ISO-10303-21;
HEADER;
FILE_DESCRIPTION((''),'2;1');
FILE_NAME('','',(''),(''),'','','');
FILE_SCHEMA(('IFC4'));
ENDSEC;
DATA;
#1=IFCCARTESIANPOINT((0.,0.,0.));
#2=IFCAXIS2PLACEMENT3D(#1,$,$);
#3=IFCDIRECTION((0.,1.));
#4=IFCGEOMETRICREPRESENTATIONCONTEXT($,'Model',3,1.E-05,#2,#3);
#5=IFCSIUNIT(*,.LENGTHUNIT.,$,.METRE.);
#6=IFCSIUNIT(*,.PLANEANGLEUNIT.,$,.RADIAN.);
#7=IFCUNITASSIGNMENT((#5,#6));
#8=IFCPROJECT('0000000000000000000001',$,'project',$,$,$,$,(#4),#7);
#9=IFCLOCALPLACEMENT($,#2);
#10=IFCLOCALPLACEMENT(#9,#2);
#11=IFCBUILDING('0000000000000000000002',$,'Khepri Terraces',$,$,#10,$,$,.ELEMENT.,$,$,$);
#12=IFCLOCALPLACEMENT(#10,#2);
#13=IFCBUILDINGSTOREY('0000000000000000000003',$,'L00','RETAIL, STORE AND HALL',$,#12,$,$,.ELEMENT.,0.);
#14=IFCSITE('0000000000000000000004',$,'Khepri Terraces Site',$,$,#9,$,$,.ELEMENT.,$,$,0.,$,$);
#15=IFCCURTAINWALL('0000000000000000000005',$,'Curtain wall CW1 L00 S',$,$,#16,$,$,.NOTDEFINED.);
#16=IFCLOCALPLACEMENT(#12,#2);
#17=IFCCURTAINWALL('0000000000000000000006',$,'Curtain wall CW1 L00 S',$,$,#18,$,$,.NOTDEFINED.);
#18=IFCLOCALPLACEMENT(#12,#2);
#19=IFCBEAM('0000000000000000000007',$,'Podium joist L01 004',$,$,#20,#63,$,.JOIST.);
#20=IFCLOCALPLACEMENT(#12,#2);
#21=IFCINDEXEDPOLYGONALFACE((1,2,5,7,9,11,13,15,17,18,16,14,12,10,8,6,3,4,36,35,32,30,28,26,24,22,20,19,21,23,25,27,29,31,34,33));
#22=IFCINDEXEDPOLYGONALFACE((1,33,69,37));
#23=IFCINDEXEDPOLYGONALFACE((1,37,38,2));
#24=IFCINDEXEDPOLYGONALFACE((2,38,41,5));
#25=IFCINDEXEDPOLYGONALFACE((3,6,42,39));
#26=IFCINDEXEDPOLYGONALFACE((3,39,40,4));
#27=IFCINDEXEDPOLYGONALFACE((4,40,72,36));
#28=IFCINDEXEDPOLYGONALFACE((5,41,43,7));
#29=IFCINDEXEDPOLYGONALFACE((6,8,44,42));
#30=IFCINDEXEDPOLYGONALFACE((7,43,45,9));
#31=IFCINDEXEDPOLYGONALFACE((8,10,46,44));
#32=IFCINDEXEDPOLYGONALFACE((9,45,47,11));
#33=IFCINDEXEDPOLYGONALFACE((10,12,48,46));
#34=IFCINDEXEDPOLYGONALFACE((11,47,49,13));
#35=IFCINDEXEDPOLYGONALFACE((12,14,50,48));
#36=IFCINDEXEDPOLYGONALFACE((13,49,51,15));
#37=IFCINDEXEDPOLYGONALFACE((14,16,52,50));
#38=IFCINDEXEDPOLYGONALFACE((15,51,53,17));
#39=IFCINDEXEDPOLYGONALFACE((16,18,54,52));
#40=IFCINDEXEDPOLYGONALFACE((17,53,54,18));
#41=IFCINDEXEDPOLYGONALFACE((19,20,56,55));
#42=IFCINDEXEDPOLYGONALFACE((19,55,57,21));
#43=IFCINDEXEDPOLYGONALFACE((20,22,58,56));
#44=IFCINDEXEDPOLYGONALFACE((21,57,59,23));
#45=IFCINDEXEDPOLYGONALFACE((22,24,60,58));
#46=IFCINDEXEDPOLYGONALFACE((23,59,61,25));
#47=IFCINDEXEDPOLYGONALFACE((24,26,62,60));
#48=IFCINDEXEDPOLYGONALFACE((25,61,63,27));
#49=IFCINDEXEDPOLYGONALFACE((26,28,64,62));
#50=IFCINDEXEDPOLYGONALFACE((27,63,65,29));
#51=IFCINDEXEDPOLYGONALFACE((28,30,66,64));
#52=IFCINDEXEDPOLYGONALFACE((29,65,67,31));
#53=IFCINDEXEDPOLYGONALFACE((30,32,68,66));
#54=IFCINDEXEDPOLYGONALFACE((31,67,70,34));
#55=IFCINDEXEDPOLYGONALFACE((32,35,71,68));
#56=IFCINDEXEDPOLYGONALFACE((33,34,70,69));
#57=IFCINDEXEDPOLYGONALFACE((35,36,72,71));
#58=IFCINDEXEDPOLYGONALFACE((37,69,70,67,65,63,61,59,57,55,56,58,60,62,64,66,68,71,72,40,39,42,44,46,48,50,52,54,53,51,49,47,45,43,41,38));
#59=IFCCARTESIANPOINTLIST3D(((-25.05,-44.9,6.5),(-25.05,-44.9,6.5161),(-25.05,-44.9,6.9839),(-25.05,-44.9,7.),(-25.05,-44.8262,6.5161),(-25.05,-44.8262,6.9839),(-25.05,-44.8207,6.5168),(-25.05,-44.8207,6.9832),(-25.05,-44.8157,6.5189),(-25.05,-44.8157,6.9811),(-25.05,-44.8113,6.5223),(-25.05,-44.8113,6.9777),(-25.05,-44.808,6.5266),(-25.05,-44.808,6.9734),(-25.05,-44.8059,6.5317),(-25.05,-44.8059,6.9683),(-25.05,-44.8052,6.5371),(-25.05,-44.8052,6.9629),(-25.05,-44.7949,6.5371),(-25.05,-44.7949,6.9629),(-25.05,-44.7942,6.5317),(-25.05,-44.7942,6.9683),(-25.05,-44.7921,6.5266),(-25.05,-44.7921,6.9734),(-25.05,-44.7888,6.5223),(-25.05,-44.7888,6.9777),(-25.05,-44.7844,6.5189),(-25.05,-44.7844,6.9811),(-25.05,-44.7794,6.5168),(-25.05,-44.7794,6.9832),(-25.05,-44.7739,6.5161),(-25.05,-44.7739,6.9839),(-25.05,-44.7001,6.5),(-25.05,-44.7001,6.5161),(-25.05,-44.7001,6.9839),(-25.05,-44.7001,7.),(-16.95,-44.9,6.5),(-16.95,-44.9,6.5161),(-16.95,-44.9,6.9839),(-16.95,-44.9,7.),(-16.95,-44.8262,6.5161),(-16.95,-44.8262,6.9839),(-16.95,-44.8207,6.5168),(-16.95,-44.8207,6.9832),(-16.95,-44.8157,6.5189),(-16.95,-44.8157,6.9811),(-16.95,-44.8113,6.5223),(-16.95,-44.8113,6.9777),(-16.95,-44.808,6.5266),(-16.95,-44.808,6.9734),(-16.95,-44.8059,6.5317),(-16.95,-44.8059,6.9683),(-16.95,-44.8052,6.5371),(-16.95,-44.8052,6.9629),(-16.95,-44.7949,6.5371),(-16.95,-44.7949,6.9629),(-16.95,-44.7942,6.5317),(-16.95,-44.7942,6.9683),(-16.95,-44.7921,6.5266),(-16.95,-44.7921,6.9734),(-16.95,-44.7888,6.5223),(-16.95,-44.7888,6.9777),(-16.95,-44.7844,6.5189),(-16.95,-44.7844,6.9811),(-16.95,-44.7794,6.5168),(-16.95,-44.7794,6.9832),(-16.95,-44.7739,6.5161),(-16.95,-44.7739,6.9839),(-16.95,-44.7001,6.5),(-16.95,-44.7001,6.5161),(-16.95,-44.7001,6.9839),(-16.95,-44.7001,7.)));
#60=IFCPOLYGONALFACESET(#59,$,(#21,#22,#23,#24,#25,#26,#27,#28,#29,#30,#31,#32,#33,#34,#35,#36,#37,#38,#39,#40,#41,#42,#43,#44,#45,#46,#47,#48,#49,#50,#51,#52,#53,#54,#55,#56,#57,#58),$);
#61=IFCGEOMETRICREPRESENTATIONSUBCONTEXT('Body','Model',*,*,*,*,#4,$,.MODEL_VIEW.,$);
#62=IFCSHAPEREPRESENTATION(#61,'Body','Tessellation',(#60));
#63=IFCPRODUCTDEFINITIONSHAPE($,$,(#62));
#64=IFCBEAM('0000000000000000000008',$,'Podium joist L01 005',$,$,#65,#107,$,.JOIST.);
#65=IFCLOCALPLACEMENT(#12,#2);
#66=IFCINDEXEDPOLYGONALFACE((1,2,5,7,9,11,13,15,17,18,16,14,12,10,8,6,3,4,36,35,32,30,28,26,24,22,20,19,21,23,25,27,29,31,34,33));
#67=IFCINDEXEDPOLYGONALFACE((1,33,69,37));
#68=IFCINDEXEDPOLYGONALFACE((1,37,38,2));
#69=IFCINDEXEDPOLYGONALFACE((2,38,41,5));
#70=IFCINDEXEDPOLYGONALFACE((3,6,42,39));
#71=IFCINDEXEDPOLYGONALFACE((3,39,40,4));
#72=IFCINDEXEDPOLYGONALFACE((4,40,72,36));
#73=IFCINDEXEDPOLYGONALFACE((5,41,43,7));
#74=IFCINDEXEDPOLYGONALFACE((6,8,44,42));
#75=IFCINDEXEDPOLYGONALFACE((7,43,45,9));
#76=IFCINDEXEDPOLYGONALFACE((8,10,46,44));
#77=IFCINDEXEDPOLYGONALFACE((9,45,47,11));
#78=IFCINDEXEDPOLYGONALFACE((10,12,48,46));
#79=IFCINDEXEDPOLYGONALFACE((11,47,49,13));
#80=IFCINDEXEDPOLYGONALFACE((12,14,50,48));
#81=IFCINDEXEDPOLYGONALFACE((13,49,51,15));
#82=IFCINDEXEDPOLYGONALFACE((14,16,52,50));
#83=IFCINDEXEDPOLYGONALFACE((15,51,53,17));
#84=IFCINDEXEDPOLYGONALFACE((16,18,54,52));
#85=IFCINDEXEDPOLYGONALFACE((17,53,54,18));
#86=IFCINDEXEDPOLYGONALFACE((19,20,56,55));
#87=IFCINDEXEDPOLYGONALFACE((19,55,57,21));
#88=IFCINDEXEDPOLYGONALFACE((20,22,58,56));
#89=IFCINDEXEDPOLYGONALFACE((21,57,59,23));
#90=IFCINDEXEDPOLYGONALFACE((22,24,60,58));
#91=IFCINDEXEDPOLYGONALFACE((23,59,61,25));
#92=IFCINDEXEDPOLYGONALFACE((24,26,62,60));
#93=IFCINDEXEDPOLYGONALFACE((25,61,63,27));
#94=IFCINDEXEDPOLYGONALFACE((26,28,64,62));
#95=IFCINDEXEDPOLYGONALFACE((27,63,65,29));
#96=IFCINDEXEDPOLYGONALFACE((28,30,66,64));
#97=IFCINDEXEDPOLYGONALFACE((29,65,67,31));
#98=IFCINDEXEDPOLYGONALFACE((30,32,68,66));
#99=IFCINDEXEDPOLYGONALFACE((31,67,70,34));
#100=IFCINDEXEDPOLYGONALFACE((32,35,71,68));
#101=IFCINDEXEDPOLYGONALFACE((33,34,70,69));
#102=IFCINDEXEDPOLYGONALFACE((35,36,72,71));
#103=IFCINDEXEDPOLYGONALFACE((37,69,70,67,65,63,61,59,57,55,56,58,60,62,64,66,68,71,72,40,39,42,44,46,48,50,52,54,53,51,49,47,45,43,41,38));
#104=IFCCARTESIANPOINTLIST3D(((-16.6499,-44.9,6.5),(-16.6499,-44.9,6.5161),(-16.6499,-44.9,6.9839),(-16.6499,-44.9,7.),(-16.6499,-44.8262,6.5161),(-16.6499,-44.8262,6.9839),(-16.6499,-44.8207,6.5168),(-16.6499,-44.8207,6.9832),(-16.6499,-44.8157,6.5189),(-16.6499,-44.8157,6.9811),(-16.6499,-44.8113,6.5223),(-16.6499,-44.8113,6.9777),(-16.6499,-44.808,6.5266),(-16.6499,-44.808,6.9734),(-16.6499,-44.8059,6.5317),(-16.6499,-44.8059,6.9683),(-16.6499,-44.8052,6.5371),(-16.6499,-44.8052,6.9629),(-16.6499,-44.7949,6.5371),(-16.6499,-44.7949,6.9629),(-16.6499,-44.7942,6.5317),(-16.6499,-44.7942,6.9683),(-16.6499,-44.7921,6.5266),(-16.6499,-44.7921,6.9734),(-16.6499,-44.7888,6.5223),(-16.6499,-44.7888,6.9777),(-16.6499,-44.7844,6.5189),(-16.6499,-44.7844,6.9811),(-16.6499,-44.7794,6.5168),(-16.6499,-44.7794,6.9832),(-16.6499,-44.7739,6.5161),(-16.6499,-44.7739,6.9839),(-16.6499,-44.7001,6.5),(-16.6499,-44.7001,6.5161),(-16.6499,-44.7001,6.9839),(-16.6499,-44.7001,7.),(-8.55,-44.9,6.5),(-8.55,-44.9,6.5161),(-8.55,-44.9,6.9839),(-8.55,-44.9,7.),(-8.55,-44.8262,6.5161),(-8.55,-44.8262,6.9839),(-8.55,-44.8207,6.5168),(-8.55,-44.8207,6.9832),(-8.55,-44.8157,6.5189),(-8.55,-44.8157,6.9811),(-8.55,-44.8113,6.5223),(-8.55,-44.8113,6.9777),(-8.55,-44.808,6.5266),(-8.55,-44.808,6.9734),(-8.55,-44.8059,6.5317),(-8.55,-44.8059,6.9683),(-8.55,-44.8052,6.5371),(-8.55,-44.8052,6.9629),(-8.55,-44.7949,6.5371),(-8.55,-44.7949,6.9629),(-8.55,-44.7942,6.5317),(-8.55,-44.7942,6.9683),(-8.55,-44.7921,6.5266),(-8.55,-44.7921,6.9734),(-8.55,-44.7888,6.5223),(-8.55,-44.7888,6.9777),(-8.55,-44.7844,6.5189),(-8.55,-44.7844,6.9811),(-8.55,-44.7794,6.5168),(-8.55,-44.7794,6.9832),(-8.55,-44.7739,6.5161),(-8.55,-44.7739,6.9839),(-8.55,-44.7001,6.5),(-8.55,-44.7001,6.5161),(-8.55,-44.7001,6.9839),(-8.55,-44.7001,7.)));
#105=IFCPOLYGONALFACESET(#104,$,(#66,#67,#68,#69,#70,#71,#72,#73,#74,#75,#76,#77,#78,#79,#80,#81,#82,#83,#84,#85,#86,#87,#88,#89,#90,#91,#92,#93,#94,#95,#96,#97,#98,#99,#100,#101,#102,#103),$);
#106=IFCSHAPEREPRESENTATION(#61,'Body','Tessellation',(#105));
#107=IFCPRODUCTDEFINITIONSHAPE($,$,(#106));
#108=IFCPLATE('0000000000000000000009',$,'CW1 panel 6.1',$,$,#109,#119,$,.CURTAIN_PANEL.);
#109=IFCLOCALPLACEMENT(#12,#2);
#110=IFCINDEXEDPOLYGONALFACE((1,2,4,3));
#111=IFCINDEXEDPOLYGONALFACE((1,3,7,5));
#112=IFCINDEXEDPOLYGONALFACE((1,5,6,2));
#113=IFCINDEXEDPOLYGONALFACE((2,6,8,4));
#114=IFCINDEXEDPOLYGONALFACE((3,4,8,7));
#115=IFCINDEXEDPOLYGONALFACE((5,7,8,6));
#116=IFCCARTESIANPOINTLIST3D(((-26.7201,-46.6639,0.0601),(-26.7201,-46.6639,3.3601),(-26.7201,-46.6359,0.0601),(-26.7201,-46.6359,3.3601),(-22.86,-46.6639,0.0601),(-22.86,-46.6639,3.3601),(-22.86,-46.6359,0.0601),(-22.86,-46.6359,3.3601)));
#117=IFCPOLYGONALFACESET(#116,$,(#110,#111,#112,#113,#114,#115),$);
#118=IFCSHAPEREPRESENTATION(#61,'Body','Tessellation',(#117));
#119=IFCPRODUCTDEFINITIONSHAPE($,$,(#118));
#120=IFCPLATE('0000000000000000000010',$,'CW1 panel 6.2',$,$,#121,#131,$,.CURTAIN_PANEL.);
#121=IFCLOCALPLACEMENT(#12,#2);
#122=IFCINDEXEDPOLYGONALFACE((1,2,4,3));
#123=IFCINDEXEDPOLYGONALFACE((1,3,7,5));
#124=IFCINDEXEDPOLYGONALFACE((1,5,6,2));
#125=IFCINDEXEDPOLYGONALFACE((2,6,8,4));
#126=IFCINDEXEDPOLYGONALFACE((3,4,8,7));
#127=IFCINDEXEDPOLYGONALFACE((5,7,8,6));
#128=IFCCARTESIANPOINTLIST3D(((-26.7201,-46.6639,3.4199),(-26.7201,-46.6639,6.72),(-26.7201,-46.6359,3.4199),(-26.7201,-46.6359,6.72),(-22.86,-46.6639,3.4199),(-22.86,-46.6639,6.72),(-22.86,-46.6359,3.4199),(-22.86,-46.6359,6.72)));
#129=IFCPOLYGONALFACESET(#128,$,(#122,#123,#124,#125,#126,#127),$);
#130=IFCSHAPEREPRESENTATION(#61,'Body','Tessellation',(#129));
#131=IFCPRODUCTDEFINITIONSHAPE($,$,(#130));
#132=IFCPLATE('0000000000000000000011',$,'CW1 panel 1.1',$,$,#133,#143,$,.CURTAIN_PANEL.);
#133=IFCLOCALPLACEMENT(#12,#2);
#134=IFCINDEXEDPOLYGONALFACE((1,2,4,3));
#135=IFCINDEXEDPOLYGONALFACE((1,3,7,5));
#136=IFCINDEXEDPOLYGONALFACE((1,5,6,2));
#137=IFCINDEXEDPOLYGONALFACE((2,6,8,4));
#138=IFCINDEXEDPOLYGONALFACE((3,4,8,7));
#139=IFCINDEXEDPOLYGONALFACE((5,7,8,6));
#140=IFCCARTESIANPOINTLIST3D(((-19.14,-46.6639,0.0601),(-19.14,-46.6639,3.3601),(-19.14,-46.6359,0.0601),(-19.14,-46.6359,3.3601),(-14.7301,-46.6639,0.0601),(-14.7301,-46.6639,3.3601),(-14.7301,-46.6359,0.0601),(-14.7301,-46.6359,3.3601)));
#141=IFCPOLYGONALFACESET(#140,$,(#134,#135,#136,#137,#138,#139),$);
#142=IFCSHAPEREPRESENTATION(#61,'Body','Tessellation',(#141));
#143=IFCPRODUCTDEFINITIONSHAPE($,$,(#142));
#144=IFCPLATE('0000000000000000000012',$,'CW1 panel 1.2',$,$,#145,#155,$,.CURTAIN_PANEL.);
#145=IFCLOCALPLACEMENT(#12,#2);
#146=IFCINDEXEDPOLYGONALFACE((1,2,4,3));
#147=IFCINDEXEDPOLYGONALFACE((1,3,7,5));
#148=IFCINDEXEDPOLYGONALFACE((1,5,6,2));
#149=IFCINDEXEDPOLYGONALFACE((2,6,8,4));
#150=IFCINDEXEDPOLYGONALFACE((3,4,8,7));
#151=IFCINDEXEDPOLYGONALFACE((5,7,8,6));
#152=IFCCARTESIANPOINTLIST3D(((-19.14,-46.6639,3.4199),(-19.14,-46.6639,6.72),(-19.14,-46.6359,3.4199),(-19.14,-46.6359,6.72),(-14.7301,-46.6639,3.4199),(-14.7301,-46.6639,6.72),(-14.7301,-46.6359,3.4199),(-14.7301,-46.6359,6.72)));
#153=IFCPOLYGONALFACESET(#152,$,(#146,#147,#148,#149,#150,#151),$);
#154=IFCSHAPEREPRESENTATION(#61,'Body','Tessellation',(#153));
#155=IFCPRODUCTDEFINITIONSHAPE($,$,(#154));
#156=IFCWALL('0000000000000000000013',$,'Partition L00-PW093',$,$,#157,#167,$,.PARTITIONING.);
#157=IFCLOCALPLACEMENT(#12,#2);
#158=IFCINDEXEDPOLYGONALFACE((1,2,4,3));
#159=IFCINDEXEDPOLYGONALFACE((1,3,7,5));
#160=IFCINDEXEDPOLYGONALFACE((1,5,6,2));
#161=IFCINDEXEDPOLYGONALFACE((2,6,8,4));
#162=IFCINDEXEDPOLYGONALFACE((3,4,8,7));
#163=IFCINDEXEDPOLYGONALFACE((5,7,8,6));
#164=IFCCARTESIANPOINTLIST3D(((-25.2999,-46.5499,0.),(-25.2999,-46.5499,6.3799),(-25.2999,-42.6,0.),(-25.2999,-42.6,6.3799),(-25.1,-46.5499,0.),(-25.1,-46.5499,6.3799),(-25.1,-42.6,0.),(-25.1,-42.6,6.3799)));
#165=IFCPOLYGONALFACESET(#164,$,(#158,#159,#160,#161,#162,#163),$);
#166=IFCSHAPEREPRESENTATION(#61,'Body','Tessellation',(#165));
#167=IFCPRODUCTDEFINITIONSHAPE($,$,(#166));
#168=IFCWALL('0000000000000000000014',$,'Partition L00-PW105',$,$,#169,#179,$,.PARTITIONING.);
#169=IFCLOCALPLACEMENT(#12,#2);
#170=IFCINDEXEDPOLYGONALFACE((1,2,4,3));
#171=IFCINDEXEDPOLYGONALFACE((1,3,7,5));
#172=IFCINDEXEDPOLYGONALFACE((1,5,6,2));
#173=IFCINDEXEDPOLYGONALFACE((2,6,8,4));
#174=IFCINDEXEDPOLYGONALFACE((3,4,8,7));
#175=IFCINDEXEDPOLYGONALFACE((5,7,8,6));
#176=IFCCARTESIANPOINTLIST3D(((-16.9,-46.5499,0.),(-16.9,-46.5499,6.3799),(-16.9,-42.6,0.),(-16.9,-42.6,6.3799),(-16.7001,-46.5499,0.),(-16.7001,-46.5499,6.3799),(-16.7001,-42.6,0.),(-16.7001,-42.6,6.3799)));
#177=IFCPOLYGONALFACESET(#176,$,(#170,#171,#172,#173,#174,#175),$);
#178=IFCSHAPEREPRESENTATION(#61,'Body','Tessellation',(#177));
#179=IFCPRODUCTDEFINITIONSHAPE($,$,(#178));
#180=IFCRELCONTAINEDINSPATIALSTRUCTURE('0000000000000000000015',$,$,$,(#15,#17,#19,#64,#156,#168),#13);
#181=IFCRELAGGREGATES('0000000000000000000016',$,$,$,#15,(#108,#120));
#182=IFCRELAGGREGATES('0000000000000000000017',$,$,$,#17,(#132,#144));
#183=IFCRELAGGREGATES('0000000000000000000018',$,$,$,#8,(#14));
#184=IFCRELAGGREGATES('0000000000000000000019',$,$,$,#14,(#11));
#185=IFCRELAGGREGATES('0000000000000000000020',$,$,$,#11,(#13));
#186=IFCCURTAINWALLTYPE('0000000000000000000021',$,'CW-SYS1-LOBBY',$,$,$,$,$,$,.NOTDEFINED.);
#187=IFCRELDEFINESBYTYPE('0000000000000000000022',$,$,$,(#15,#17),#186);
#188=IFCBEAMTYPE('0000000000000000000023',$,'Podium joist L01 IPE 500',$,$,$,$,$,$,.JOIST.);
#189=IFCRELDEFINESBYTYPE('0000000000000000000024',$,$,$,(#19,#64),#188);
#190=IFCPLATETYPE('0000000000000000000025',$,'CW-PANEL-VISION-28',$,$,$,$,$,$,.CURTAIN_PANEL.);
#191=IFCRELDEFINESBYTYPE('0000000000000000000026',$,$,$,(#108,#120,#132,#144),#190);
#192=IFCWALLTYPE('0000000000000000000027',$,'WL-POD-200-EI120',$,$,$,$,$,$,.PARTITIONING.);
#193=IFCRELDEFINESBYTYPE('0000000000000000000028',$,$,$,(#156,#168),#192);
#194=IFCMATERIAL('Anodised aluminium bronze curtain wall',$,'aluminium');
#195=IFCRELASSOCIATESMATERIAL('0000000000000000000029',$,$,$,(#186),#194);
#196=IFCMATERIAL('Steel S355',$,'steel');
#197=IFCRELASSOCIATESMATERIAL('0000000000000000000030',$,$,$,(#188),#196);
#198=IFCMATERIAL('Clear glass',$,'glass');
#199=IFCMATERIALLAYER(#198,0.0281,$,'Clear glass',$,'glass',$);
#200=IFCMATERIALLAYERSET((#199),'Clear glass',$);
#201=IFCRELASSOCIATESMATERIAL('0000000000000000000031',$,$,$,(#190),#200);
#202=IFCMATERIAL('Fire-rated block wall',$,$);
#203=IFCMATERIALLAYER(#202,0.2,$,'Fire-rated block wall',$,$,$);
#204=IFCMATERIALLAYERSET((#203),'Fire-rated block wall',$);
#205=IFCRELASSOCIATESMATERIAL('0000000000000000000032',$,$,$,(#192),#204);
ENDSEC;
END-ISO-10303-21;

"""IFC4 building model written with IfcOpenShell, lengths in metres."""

from ifc_helpers import new_model, si_unit, direction, frame, frame_2d, origin, origin_2d, place, context, subcontext, project, spatial, rectangle, i_section, extrude, material, layer, layer_set, material_profile, profile_set, type_object, element, aggregate, save


model = new_model("IFC4")

# Units and contexts
model_context = context("Model", 3, precision=1e-05, world=origin(), true_north=direction((0.0, 1.0)))
body_context = subcontext(model_context, "Body", "Model", "MODEL_VIEW")
ifc_project = project(units=[si_unit("LENGTHUNIT", "METRE"), si_unit("PLANEANGLEUNIT", "RADIAN")], contexts=[model_context])

# Site, building, storey
site_placement = place(None, origin())
site = spatial("IfcSite", under=ifc_project, at=site_placement, Name="Khepri Terraces Site", CompositionType="ELEMENT", RefElevation=0.0)
building_placement = place(site_placement, origin())
building = spatial("IfcBuilding", under=site, at=building_placement, Name="Khepri Terraces", CompositionType="ELEMENT")
storey_placement = place(building_placement, origin())
storey = spatial("IfcBuildingStorey", under=building, at=storey_placement, Name="L00", Description="RETAIL, STORE AND HALL", CompositionType="ELEMENT", Elevation=0.0)

# Curtain wall
ifc_material_1 = material(Name="Anodised aluminium bronze curtain wall", Category="aluminium")
curtain_wall_type = type_object("IfcCurtainWallType", Name="CW-SYS1-LOBBY", PredefinedType="NOTDEFINED", material=ifc_material_1)
curtain_wall_1_placement = place(storey_placement, origin())
curtain_wall_1 = element("IfcCurtainWall", 1, at=curtain_wall_1_placement, inside=storey, type_object=curtain_wall_type, Name="Curtain wall CW1 L00 S", PredefinedType="NOTDEFINED")

# Curtain wall
curtain_wall_2_placement = place(storey_placement, origin())
curtain_wall_2 = element("IfcCurtainWall", 2, at=curtain_wall_2_placement, inside=storey, type_object=curtain_wall_type, Name="Curtain wall CW1 L00 S", PredefinedType="NOTDEFINED")

# Beams
ifc_material_2 = material(Name="Steel S355", Category="steel")
ifc_material_profile_1 = material_profile(ifc_material_2, i_section(OverallWidth=0.2, OverallDepth=0.5, WebThickness=0.0103, FlangeThickness=0.0161, FilletRadius=0.021, at=origin_2d()), Name="Steel S355", Category="steel")
ifc_profile_set_1 = profile_set([ifc_material_profile_1], Name="Steel S355")
beam_type_1 = type_object("IfcBeamType", Name="Podium joist L01 IPE 500", PredefinedType="JOIST", material=ifc_profile_set_1)
beam_1_placement = place(storey_placement, frame((-25.05, -44.8, 6.75), z_axis=(1.0, 0.0, 0.0), x_axis=(0.0, 1.0, 0.0)))
element("IfcBeam", 3, at=beam_1_placement, inside=storey, type_object=beam_type_1, Name="Podium joist L01 004", PredefinedType="JOIST", context=body_context, shape_type="SweptSolid", body=[
    extrude(i_section(OverallWidth=0.2, OverallDepth=0.5, WebThickness=0.0103, FlangeThickness=0.0161, FilletRadius=0.021, at=origin_2d()), origin(), (0.0, 0.0, 1.0), 8.1001),
])
beam_2_placement = place(storey_placement, frame((-16.6499, -44.8, 6.75), z_axis=(1.0, 0.0, 0.0), x_axis=(0.0, 1.0, 0.0)))
element("IfcBeam", 4, at=beam_2_placement, inside=storey, type_object=beam_type_1, Name="Podium joist L01 005", PredefinedType="JOIST", context=body_context, shape_type="SweptSolid", body=[
    extrude(i_section(OverallWidth=0.2, OverallDepth=0.5, WebThickness=0.0103, FlangeThickness=0.0161, FilletRadius=0.021, at=origin_2d()), origin(), (0.0, 0.0, 1.0), 8.0999),
])

# Plates
ifc_material_3 = material(Name="Clear glass", Category="glass")
ifc_layer_1 = layer(ifc_material_3, 0.0281, Name="Clear glass", Category="glass")
ifc_layer_set_1 = layer_set([ifc_layer_1], Name="Clear glass")
plate_type = type_object("IfcPlateType", Name="CW-PANEL-VISION-28", PredefinedType="CURTAIN_PANEL", material=ifc_layer_set_1)
plate_1_placement = place(storey_placement, frame((-24.79, -46.6499, 0.0601), z_axis=(0.0, 0.0, 1.0), x_axis=(1.0, 0.0, 0.0)))
plate_1 = element("IfcPlate", 5, at=plate_1_placement, type_object=plate_type, Name="CW1 panel 6.1", PredefinedType="CURTAIN_PANEL", context=body_context, shape_type="SweptSolid", body=[
    extrude(rectangle(XDim=3.8601, YDim=0.0281, at=origin_2d()), origin(), (0.0, 0.0, 1.0), 3.3),
])
plate_2_placement = place(storey_placement, frame((-24.79, -46.6499, 3.4199), z_axis=(0.0, 0.0, 1.0), x_axis=(1.0, 0.0, 0.0)))
plate_2 = element("IfcPlate", 6, at=plate_2_placement, type_object=plate_type, Name="CW1 panel 6.2", PredefinedType="CURTAIN_PANEL", context=body_context, shape_type="SweptSolid", body=[
    extrude(rectangle(XDim=3.8601, YDim=0.0281, at=origin_2d()), origin(), (0.0, 0.0, 1.0), 3.3),
])
aggregate(curtain_wall_1, [plate_1, plate_2])
plate_3_placement = place(storey_placement, frame((-16.9351, -46.6499, 0.0601), z_axis=(0.0, 0.0, 1.0), x_axis=(1.0, 0.0, 0.0)))
plate_3 = element("IfcPlate", 7, at=plate_3_placement, type_object=plate_type, Name="CW1 panel 1.1", PredefinedType="CURTAIN_PANEL", context=body_context, shape_type="SweptSolid", body=[
    extrude(rectangle(XDim=4.4099, YDim=0.0281, at=origin_2d()), origin(), (0.0, 0.0, 1.0), 3.3),
])
plate_4_placement = place(storey_placement, frame((-16.9351, -46.6499, 3.4199), z_axis=(0.0, 0.0, 1.0), x_axis=(1.0, 0.0, 0.0)))
plate_4 = element("IfcPlate", 8, at=plate_4_placement, type_object=plate_type, Name="CW1 panel 1.2", PredefinedType="CURTAIN_PANEL", context=body_context, shape_type="SweptSolid", body=[
    extrude(rectangle(XDim=4.4099, YDim=0.0281, at=origin_2d()), origin(), (0.0, 0.0, 1.0), 3.3),
])
aggregate(curtain_wall_2, [plate_3, plate_4])

# Walls
ifc_material_4 = material(Name="Fire-rated block wall")
ifc_layer_2 = layer(ifc_material_4, 0.2, Name="Fire-rated block wall")
ifc_layer_set_2 = layer_set([ifc_layer_2], Name="Fire-rated block wall")
wall_type_1 = type_object("IfcWallType", Name="WL-POD-200-EI120", PredefinedType="PARTITIONING", material=ifc_layer_set_2)
for number, where, z_axis, x_axis, name in (
    (9, (-25.2, -46.55, 0.0), (0.0, 0.0, 1.0), (0.0, 1.0, 0.0), "Partition L00-PW093"),
    (10, (-16.8, -46.55, 0.0), (0.0, 0.0, 1.0), (0.0, 1.0, 0.0), "Partition L00-PW105"),
):
    element("IfcWall", number, at=place(storey_placement, frame(where, z_axis=z_axis, x_axis=x_axis)), inside=storey, type_object=wall_type_1, Name=name, PredefinedType="PARTITIONING", context=body_context, shape_type="SweptSolid", body=[
        extrude(rectangle(XDim=3.95, YDim=0.2, at=frame_2d((1.9751, 0.0))), origin(), (0.0, 0.0, 1.0), 6.3799),
    ])

save(model, "model.ifc")
